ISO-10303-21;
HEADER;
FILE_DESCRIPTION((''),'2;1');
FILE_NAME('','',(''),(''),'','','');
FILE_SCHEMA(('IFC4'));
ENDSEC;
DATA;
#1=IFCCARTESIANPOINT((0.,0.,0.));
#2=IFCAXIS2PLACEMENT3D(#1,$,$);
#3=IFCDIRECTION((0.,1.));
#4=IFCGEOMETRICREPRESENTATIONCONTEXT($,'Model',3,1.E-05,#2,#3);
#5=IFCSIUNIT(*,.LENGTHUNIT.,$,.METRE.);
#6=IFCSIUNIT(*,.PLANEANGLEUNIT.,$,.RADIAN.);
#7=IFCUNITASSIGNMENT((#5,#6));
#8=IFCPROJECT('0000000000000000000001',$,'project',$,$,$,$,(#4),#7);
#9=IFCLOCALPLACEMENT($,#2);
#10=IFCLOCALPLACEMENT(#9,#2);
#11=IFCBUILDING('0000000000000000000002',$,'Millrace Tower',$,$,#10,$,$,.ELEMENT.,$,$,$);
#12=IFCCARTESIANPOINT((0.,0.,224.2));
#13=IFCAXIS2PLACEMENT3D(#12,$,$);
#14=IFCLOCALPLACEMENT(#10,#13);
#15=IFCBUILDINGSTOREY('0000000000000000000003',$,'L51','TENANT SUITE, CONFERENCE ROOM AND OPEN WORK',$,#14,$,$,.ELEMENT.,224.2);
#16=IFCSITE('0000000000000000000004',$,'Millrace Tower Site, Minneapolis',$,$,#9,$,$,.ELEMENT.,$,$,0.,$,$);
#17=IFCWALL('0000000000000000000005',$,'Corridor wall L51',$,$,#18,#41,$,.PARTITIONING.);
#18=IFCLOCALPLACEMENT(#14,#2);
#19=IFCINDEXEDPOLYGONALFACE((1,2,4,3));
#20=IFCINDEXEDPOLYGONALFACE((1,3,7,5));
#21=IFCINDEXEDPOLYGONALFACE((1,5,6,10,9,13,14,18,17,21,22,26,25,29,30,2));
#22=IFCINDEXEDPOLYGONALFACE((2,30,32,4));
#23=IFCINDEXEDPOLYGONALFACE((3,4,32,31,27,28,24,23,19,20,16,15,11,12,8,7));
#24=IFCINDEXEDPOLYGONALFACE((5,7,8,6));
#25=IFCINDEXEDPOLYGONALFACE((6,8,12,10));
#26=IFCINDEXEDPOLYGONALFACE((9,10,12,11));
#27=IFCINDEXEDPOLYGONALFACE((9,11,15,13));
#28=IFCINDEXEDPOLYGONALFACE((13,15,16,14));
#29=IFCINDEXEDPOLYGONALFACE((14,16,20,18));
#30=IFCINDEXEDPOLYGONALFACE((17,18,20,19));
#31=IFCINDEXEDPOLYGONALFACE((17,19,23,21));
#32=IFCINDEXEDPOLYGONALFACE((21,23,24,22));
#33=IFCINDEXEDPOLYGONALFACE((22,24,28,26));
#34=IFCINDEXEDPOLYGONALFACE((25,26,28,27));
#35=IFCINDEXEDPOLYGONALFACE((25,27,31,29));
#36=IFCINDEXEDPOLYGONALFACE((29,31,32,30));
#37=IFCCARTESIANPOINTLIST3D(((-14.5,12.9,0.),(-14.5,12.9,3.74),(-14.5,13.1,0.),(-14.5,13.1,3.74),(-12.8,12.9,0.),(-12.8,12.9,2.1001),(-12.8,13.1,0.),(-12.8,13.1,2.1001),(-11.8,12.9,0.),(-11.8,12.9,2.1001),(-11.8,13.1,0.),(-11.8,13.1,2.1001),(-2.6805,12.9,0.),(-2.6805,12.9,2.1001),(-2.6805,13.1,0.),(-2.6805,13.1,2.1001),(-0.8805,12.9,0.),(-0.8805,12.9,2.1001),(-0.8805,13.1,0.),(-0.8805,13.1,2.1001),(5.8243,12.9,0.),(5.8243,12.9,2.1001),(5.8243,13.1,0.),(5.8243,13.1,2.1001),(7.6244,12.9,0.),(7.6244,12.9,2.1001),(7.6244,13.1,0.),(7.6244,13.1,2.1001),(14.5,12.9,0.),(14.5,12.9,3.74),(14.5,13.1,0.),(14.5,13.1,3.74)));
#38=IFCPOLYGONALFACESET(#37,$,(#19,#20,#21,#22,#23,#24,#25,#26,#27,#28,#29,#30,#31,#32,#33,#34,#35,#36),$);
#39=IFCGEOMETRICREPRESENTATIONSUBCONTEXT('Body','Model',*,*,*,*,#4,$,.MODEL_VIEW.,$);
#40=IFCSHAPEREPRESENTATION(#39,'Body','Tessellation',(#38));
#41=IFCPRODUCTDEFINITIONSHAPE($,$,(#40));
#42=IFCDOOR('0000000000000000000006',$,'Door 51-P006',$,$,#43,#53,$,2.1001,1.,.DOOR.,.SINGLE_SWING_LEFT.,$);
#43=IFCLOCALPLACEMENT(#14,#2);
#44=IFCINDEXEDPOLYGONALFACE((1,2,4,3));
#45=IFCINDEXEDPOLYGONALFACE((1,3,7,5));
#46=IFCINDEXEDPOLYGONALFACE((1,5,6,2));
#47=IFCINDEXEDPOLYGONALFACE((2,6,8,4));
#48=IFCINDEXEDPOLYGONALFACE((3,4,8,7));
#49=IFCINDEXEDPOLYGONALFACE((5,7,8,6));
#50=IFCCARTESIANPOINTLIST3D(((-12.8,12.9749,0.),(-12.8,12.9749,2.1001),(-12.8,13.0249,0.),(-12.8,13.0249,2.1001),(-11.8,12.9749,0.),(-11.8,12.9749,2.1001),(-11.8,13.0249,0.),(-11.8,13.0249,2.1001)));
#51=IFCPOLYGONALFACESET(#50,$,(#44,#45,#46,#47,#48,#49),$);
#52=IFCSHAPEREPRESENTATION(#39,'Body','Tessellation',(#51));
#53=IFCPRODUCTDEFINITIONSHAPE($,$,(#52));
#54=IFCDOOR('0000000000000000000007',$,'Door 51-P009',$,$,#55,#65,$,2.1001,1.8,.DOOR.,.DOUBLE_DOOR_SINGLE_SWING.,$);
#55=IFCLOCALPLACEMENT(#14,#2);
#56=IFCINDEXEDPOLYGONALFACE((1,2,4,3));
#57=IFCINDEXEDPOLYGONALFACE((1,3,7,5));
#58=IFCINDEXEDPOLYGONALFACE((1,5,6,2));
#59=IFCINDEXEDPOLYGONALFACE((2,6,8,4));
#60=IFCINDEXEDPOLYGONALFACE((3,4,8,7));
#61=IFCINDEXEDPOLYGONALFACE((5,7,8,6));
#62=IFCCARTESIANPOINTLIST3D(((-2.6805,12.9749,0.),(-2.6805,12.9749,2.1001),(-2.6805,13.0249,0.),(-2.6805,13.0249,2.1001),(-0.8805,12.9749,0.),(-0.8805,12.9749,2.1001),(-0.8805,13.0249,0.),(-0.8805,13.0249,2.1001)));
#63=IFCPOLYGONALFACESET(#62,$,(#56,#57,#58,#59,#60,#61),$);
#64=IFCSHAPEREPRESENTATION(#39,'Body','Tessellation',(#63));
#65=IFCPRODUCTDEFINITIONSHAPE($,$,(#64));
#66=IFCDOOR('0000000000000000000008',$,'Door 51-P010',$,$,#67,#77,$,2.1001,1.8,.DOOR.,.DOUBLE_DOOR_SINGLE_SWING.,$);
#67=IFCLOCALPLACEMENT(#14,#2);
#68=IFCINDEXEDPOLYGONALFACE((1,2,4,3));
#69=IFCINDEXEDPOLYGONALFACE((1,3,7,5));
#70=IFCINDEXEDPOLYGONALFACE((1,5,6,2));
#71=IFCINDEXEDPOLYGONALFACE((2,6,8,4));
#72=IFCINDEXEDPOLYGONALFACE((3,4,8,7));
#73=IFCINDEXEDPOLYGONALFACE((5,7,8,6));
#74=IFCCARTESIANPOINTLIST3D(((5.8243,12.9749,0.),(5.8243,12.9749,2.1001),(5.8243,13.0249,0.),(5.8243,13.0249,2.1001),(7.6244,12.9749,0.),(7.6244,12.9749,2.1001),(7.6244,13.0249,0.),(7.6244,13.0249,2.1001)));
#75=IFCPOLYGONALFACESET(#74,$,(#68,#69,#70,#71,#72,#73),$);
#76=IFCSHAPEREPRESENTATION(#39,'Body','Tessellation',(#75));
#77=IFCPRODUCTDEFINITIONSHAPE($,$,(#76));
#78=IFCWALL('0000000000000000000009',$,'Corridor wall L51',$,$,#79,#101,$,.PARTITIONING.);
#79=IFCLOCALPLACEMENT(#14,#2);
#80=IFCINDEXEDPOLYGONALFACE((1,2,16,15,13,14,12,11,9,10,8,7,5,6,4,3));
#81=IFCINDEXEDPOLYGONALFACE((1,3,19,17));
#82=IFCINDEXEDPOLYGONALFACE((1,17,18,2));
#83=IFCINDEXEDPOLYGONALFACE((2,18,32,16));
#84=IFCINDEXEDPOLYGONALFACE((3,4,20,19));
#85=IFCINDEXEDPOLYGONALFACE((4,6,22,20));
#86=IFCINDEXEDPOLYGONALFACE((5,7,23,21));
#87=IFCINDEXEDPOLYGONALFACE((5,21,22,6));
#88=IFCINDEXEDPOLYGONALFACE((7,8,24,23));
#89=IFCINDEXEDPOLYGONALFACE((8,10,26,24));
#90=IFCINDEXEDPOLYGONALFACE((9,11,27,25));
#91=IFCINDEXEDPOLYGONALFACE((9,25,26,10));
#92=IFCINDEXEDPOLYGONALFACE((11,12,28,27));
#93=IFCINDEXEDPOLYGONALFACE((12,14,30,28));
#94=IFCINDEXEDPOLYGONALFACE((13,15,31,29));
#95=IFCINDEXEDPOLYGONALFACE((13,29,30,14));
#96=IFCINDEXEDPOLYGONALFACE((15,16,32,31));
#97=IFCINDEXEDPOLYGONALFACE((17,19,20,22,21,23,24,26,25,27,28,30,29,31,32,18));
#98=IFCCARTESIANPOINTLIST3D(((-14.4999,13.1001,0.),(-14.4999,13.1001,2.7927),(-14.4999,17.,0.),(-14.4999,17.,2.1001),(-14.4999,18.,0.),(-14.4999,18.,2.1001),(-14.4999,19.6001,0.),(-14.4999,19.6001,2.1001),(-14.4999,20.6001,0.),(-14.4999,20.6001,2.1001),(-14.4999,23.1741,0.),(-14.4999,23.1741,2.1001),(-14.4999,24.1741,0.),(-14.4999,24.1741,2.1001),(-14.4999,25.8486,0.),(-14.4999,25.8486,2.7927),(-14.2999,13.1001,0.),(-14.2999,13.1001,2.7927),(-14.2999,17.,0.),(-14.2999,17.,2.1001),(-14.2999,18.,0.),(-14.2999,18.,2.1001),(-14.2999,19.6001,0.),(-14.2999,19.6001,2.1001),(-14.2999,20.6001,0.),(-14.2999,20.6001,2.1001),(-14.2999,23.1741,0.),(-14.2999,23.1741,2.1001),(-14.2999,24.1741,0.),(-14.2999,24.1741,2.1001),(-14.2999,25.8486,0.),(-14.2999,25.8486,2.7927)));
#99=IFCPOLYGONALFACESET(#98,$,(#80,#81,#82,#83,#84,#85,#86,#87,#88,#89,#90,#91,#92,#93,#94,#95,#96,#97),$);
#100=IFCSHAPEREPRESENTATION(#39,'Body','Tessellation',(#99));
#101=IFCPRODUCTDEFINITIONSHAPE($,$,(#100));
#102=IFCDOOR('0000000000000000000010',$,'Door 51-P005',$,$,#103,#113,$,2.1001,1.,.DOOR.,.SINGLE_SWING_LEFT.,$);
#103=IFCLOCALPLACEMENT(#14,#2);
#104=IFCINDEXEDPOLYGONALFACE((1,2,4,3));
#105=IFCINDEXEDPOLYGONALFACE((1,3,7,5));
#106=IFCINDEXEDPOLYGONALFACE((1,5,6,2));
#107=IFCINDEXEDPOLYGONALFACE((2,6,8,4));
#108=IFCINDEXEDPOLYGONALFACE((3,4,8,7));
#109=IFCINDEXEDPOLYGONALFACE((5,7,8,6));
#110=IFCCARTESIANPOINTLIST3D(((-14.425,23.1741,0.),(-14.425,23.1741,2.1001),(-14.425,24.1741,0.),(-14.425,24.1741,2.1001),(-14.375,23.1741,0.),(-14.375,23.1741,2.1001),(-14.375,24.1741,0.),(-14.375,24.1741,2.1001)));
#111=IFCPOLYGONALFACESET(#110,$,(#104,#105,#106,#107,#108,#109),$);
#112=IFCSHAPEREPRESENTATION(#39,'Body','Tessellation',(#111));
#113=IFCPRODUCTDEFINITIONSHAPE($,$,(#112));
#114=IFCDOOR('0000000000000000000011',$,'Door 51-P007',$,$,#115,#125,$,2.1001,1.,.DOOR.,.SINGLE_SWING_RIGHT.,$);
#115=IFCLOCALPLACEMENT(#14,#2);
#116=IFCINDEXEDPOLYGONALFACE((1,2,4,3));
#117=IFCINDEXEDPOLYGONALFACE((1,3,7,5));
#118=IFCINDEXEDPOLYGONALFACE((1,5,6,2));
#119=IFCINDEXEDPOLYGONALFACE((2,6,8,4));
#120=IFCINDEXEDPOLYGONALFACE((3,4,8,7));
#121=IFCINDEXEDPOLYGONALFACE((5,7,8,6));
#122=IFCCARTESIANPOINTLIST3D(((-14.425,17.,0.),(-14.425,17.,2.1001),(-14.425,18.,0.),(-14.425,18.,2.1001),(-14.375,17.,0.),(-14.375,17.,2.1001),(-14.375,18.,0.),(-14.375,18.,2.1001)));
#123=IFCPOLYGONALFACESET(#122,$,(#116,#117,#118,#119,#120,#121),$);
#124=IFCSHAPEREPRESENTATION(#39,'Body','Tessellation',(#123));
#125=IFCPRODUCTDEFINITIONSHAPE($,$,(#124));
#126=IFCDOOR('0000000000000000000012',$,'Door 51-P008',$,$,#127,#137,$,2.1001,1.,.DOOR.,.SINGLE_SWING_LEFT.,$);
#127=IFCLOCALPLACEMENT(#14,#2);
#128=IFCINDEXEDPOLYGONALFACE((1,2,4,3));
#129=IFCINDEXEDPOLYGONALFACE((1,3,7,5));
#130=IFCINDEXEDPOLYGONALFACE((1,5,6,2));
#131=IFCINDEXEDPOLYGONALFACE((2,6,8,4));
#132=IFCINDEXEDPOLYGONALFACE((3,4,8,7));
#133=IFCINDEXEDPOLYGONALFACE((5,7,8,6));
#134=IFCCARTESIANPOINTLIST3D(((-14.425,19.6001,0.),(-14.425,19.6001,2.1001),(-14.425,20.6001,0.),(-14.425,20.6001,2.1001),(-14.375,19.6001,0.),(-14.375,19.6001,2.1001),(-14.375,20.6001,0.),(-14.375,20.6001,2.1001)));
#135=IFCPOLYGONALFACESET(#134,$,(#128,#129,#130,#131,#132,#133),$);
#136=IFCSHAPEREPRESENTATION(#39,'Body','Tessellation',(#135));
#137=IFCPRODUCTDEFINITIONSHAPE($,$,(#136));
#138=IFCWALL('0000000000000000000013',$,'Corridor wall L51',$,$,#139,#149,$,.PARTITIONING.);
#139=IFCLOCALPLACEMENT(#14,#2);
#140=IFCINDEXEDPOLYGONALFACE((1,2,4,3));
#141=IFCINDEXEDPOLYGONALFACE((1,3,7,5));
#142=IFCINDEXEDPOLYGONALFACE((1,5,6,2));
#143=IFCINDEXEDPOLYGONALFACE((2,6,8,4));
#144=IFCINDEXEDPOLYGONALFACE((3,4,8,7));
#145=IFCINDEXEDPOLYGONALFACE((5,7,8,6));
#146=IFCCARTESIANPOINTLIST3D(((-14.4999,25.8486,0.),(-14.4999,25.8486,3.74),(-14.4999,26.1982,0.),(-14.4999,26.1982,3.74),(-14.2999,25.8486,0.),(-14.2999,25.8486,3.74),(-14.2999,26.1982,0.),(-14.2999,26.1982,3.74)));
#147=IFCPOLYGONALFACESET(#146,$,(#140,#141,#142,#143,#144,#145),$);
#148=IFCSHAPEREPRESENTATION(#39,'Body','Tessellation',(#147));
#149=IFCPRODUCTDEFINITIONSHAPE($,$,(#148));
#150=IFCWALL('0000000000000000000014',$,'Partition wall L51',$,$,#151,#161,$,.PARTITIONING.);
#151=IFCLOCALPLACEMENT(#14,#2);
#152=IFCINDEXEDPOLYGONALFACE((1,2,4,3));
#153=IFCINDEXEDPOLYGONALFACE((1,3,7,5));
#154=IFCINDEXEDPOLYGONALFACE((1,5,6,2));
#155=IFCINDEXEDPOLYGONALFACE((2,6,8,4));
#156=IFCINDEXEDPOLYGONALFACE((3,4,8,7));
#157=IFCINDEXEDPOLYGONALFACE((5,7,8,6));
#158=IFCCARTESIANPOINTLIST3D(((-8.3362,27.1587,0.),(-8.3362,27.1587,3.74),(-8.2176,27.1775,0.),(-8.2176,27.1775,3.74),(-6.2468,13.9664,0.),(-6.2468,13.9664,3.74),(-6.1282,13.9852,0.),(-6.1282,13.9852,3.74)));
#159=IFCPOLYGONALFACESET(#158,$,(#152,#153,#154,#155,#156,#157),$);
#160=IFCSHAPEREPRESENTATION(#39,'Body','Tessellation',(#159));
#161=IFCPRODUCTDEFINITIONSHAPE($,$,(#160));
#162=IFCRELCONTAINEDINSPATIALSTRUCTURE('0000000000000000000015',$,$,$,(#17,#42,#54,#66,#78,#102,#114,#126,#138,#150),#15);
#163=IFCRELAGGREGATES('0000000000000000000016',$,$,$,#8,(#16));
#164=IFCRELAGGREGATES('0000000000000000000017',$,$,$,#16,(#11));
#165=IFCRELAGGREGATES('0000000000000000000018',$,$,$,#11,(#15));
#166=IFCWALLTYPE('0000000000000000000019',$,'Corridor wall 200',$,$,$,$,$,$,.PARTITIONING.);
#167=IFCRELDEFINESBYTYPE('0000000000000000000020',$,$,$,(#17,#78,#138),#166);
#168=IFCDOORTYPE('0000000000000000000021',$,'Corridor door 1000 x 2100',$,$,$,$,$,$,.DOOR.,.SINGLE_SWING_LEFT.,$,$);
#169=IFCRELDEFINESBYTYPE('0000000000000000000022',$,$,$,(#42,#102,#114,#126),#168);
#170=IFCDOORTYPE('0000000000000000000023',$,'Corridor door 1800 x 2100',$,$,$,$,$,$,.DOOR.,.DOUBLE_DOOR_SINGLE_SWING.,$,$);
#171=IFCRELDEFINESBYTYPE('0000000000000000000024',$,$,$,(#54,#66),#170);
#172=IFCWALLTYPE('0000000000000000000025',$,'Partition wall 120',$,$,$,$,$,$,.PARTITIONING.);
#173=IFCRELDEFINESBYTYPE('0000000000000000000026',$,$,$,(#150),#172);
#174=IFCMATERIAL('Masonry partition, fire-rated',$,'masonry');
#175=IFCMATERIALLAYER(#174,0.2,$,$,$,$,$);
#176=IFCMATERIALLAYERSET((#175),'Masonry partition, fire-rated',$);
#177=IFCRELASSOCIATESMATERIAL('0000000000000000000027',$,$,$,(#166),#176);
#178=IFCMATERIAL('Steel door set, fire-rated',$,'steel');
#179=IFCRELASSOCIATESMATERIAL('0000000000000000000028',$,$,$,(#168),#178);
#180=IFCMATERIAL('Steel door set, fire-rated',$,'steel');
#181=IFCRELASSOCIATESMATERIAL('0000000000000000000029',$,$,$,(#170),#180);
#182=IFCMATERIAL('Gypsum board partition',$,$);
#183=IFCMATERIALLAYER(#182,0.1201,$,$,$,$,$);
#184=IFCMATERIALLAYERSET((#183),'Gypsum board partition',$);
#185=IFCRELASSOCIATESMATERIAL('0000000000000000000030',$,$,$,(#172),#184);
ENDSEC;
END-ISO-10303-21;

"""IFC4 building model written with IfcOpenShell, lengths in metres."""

from ifc_helpers import new_model, si_unit, direction, frame, frame_2d, origin, place, context, subcontext, project, spatial, rectangle, extrude, material, layer, layer_set, type_object, element, fill, save


model = new_model("IFC4")

# Units and contexts
model_context = context("Model", 3, precision=1e-05, world=origin(), true_north=direction((0.0, 1.0)))
body_context = subcontext(model_context, "Body", "Model", "MODEL_VIEW")
ifc_project = project(units=[si_unit("LENGTHUNIT", "METRE"), si_unit("PLANEANGLEUNIT", "RADIAN")], contexts=[model_context])

# Site, building, storey
site_placement = place(None, origin())
site = spatial("IfcSite", under=ifc_project, at=site_placement, Name="Millrace Tower Site, Minneapolis", CompositionType="ELEMENT", RefElevation=0.0)
building_placement = place(site_placement, origin())
building = spatial("IfcBuilding", under=site, at=building_placement, Name="Millrace Tower", CompositionType="ELEMENT")
storey_placement = place(building_placement, frame((0.0, 0.0, 224.2)))
storey = spatial("IfcBuildingStorey", under=building, at=storey_placement, Name="L51", Description="TENANT SUITE, CONFERENCE ROOM AND OPEN WORK", CompositionType="ELEMENT", Elevation=224.2)

# Walls, openings, doors
ifc_material_1 = material(Name="Masonry partition, fire-rated", Category="masonry")
ifc_layer_1 = layer(ifc_material_1, 0.2)
ifc_layer_set_1 = layer_set([ifc_layer_1], Name="Masonry partition, fire-rated")
wall_type_1 = type_object("IfcWallType", Name="Corridor wall 200", PredefinedType="PARTITIONING", material=ifc_layer_set_1)
wall_1_placement = place(storey_placement, frame((-14.5, 13.0, 0.0), z_axis=(0.0, 0.0, 1.0), x_axis=(1.0, 0.0, 0.0)))
wall_1 = element("IfcWall", 1, at=wall_1_placement, inside=storey, type_object=wall_type_1, Name="Corridor wall L51", PredefinedType="PARTITIONING", context=body_context, shape_type="SweptSolid", body=[
    extrude(rectangle(XDim=29.0, YDim=0.2, at=frame_2d((14.5, 0.0))), origin(), (0.0, 0.0, 1.0), 3.74),
])
opening_1_placement = place(wall_1_placement, frame((1.7, 0.0, 0.0)))
opening_1 = element("IfcOpeningElement", 2, at=opening_1_placement, cuts=wall_1, PredefinedType="OPENING", context=body_context, shape_type="SweptSolid", body=[
    extrude(rectangle(XDim=1.0, YDim=2.1001, at=frame_2d((0.5, 1.05))), frame((0.0, 0.1099, 0.0), z_axis=(0.0, -1.0, 0.0), x_axis=(1.0, 0.0, 0.0)), (0.0, 0.0, 1.0), 0.22),
])
opening_2_placement = place(wall_1_placement, frame((11.8196, 0.0, 0.0)))
opening_2 = element("IfcOpeningElement", 3, at=opening_2_placement, cuts=wall_1, PredefinedType="OPENING", context=body_context, shape_type="SweptSolid", body=[
    extrude(rectangle(XDim=1.8, YDim=2.1001, at=frame_2d((0.8999, 1.05))), frame((0.0, 0.1099, 0.0), z_axis=(0.0, -1.0, 0.0), x_axis=(1.0, 0.0, 0.0)), (0.0, 0.0, 1.0), 0.22),
])
opening_3_placement = place(wall_1_placement, frame((20.3245, 0.0, 0.0)))
opening_3 = element("IfcOpeningElement", 4, at=opening_3_placement, cuts=wall_1, PredefinedType="OPENING", context=body_context, shape_type="SweptSolid", body=[
    extrude(rectangle(XDim=1.8, YDim=2.1001, at=frame_2d((0.8999, 1.05))), frame((0.0, 0.1099, 0.0), z_axis=(0.0, -1.0, 0.0), x_axis=(1.0, 0.0, 0.0)), (0.0, 0.0, 1.0), 0.22),
])
ifc_material_2 = material(Name="Steel door set, fire-rated", Category="steel")
door_type_1 = type_object("IfcDoorType", Name="Corridor door 1000 x 2100", OperationType="SINGLE_SWING_LEFT", PredefinedType="DOOR", material=ifc_material_2)
door_1_placement = place(opening_1_placement, origin())
door_1 = element("IfcDoor", 5, at=door_1_placement, inside=storey, type_object=door_type_1, Name="Door 51-P006", OperationType="SINGLE_SWING_LEFT", OverallHeight=2.1001, OverallWidth=1.0, PredefinedType="DOOR", context=body_context, shape_type="SweptSolid", body=[
    extrude(rectangle(XDim=1.0, YDim=2.1001, at=frame_2d((0.5, 1.05))), frame((0.0, 0.0249, 0.0), z_axis=(0.0, -1.0, 0.0), x_axis=(1.0, 0.0, 0.0)), (0.0, 0.0, 1.0), 0.05),
])
fill(opening_1, door_1)
ifc_material_3 = material(Name="Steel door set, fire-rated", Category="steel")
door_type_2 = type_object("IfcDoorType", Name="Corridor door 1800 x 2100", OperationType="DOUBLE_DOOR_SINGLE_SWING", PredefinedType="DOOR", material=ifc_material_3)
door_2_placement = place(opening_2_placement, origin())
door_2 = element("IfcDoor", 6, at=door_2_placement, inside=storey, type_object=door_type_2, Name="Door 51-P009", OperationType="DOUBLE_DOOR_SINGLE_SWING", OverallHeight=2.1001, OverallWidth=1.8, PredefinedType="DOOR", context=body_context, shape_type="SweptSolid", body=[
    extrude(rectangle(XDim=1.8, YDim=2.1001, at=frame_2d((0.8999, 1.05))), frame((0.0, 0.0249, 0.0), z_axis=(0.0, -1.0, 0.0), x_axis=(1.0, 0.0, 0.0)), (0.0, 0.0, 1.0), 0.05),
])
fill(opening_2, door_2)
door_3_placement = place(opening_3_placement, origin())
door_3 = element("IfcDoor", 7, at=door_3_placement, inside=storey, type_object=door_type_2, Name="Door 51-P010", OperationType="DOUBLE_DOOR_SINGLE_SWING", OverallHeight=2.1001, OverallWidth=1.8, PredefinedType="DOOR", context=body_context, shape_type="SweptSolid", body=[
    extrude(rectangle(XDim=1.8, YDim=2.1001, at=frame_2d((0.8999, 1.05))), frame((0.0, 0.0249, 0.0), z_axis=(0.0, -1.0, 0.0), x_axis=(1.0, 0.0, 0.0)), (0.0, 0.0, 1.0), 0.05),
])
fill(opening_3, door_3)
wall_2_placement = place(storey_placement, frame((-14.3999, 13.1001, 0.0), z_axis=(0.0, 0.0, 1.0), x_axis=(0.0, 1.0, 0.0)))
wall_2 = element("IfcWall", 8, at=wall_2_placement, inside=storey, type_object=wall_type_1, Name="Corridor wall L51", PredefinedType="PARTITIONING", context=body_context, shape_type="SweptSolid", body=[
    extrude(rectangle(XDim=12.7485, YDim=0.2, at=frame_2d((6.3743, 0.0))), origin(), (0.0, 0.0, 1.0), 2.7927),
])
opening_4_placement = place(wall_2_placement, frame((10.074, 0.0, 0.0)))
opening_4 = element("IfcOpeningElement", 9, at=opening_4_placement, cuts=wall_2, PredefinedType="OPENING", context=body_context, shape_type="SweptSolid", body=[
    extrude(rectangle(XDim=1.0, YDim=2.1001, at=frame_2d((0.5, 1.05))), frame((0.0, 0.1099, 0.0), z_axis=(0.0, -1.0, 0.0), x_axis=(1.0, 0.0, 0.0)), (0.0, 0.0, 1.0), 0.22),
])
opening_5_placement = place(wall_2_placement, frame((3.8999, 0.0, 0.0)))
opening_5 = element("IfcOpeningElement", 10, at=opening_5_placement, cuts=wall_2, PredefinedType="OPENING", context=body_context, shape_type="SweptSolid", body=[
    extrude(rectangle(XDim=1.0, YDim=2.1001, at=frame_2d((0.5, 1.05))), frame((0.0, 0.1099, 0.0), z_axis=(0.0, -1.0, 0.0), x_axis=(1.0, 0.0, 0.0)), (0.0, 0.0, 1.0), 0.22),
])
opening_6_placement = place(wall_2_placement, frame((6.5, 0.0, 0.0)))
opening_6 = element("IfcOpeningElement", 11, at=opening_6_placement, cuts=wall_2, PredefinedType="OPENING", context=body_context, shape_type="SweptSolid", body=[
    extrude(rectangle(XDim=1.0, YDim=2.1001, at=frame_2d((0.5, 1.05))), frame((0.0, 0.1099, 0.0), z_axis=(0.0, -1.0, 0.0), x_axis=(1.0, 0.0, 0.0)), (0.0, 0.0, 1.0), 0.22),
])
door_4_placement = place(opening_4_placement, frame((1.0, 0.0, 0.0), z_axis=(0.0, 0.0, 1.0), x_axis=(-1.0, 0.0, 0.0)))
door_4 = element("IfcDoor", 12, at=door_4_placement, inside=storey, type_object=door_type_1, Name="Door 51-P005", OperationType="SINGLE_SWING_LEFT", OverallHeight=2.1001, OverallWidth=1.0, PredefinedType="DOOR", context=body_context, shape_type="SweptSolid", body=[
    extrude(rectangle(XDim=1.0, YDim=2.1001, at=frame_2d((0.5, 1.05))), frame((0.0, 0.0249, 0.0), z_axis=(0.0, -1.0, 0.0), x_axis=(1.0, 0.0, 0.0)), (0.0, 0.0, 1.0), 0.05),
])
fill(opening_4, door_4)
door_5_placement = place(opening_5_placement, frame((1.0, 0.0, 0.0), z_axis=(0.0, 0.0, 1.0), x_axis=(-1.0, 0.0, 0.0)))
door_5 = element("IfcDoor", 13, at=door_5_placement, inside=storey, type_object=door_type_1, Name="Door 51-P007", OperationType="SINGLE_SWING_RIGHT", OverallHeight=2.1001, OverallWidth=1.0, PredefinedType="DOOR", context=body_context, shape_type="SweptSolid", body=[
    extrude(rectangle(XDim=1.0, YDim=2.1001, at=frame_2d((0.5, 1.05))), frame((0.0, 0.0249, 0.0), z_axis=(0.0, -1.0, 0.0), x_axis=(1.0, 0.0, 0.0)), (0.0, 0.0, 1.0), 0.05),
])
fill(opening_5, door_5)
door_6_placement = place(opening_6_placement, frame((1.0, 0.0, 0.0), z_axis=(0.0, 0.0, 1.0), x_axis=(-1.0, 0.0, 0.0)))
door_6 = element("IfcDoor", 14, at=door_6_placement, inside=storey, type_object=door_type_1, Name="Door 51-P008", OperationType="SINGLE_SWING_LEFT", OverallHeight=2.1001, OverallWidth=1.0, PredefinedType="DOOR", context=body_context, shape_type="SweptSolid", body=[
    extrude(rectangle(XDim=1.0, YDim=2.1001, at=frame_2d((0.5, 1.05))), frame((0.0, 0.0249, 0.0), z_axis=(0.0, -1.0, 0.0), x_axis=(1.0, 0.0, 0.0)), (0.0, 0.0, 1.0), 0.05),
])
fill(opening_6, door_6)

# Walls
wall_3_placement = place(storey_placement, frame((-14.3999, 25.8486, 0.0), z_axis=(0.0, 0.0, 1.0), x_axis=(0.0, 1.0, 0.0)))
element("IfcWall", 15, at=wall_3_placement, inside=storey, type_object=wall_type_1, Name="Corridor wall L51", PredefinedType="PARTITIONING", context=body_context, shape_type="SweptSolid", body=[
    extrude(rectangle(XDim=0.3496, YDim=0.2, at=frame_2d((0.1748, 0.0))), origin(), (0.0, 0.0, 1.0), 3.74),
])
ifc_material_4 = material(Name="Gypsum board partition")
ifc_layer_2 = layer(ifc_material_4, 0.1201)
ifc_layer_set_2 = layer_set([ifc_layer_2], Name="Gypsum board partition")
wall_type_2 = type_object("IfcWallType", Name="Partition wall 120", PredefinedType="PARTITIONING", material=ifc_layer_set_2)
wall_4_placement = place(storey_placement, frame((-8.2769, 27.168, 0.0), z_axis=(0.0, 0.0, 1.0), x_axis=(0.156429, -0.987689, 0.0)))
element("IfcWall", 16, at=wall_4_placement, inside=storey, type_object=wall_type_2, Name="Partition wall L51", PredefinedType="PARTITIONING", context=body_context, shape_type="SweptSolid", body=[
    extrude(rectangle(XDim=13.3567, YDim=0.1201, at=frame_2d((6.6782, 0.0))), origin(), (0.0, 0.0, 1.0), 3.74),
])

save(model, "model.ifc")
